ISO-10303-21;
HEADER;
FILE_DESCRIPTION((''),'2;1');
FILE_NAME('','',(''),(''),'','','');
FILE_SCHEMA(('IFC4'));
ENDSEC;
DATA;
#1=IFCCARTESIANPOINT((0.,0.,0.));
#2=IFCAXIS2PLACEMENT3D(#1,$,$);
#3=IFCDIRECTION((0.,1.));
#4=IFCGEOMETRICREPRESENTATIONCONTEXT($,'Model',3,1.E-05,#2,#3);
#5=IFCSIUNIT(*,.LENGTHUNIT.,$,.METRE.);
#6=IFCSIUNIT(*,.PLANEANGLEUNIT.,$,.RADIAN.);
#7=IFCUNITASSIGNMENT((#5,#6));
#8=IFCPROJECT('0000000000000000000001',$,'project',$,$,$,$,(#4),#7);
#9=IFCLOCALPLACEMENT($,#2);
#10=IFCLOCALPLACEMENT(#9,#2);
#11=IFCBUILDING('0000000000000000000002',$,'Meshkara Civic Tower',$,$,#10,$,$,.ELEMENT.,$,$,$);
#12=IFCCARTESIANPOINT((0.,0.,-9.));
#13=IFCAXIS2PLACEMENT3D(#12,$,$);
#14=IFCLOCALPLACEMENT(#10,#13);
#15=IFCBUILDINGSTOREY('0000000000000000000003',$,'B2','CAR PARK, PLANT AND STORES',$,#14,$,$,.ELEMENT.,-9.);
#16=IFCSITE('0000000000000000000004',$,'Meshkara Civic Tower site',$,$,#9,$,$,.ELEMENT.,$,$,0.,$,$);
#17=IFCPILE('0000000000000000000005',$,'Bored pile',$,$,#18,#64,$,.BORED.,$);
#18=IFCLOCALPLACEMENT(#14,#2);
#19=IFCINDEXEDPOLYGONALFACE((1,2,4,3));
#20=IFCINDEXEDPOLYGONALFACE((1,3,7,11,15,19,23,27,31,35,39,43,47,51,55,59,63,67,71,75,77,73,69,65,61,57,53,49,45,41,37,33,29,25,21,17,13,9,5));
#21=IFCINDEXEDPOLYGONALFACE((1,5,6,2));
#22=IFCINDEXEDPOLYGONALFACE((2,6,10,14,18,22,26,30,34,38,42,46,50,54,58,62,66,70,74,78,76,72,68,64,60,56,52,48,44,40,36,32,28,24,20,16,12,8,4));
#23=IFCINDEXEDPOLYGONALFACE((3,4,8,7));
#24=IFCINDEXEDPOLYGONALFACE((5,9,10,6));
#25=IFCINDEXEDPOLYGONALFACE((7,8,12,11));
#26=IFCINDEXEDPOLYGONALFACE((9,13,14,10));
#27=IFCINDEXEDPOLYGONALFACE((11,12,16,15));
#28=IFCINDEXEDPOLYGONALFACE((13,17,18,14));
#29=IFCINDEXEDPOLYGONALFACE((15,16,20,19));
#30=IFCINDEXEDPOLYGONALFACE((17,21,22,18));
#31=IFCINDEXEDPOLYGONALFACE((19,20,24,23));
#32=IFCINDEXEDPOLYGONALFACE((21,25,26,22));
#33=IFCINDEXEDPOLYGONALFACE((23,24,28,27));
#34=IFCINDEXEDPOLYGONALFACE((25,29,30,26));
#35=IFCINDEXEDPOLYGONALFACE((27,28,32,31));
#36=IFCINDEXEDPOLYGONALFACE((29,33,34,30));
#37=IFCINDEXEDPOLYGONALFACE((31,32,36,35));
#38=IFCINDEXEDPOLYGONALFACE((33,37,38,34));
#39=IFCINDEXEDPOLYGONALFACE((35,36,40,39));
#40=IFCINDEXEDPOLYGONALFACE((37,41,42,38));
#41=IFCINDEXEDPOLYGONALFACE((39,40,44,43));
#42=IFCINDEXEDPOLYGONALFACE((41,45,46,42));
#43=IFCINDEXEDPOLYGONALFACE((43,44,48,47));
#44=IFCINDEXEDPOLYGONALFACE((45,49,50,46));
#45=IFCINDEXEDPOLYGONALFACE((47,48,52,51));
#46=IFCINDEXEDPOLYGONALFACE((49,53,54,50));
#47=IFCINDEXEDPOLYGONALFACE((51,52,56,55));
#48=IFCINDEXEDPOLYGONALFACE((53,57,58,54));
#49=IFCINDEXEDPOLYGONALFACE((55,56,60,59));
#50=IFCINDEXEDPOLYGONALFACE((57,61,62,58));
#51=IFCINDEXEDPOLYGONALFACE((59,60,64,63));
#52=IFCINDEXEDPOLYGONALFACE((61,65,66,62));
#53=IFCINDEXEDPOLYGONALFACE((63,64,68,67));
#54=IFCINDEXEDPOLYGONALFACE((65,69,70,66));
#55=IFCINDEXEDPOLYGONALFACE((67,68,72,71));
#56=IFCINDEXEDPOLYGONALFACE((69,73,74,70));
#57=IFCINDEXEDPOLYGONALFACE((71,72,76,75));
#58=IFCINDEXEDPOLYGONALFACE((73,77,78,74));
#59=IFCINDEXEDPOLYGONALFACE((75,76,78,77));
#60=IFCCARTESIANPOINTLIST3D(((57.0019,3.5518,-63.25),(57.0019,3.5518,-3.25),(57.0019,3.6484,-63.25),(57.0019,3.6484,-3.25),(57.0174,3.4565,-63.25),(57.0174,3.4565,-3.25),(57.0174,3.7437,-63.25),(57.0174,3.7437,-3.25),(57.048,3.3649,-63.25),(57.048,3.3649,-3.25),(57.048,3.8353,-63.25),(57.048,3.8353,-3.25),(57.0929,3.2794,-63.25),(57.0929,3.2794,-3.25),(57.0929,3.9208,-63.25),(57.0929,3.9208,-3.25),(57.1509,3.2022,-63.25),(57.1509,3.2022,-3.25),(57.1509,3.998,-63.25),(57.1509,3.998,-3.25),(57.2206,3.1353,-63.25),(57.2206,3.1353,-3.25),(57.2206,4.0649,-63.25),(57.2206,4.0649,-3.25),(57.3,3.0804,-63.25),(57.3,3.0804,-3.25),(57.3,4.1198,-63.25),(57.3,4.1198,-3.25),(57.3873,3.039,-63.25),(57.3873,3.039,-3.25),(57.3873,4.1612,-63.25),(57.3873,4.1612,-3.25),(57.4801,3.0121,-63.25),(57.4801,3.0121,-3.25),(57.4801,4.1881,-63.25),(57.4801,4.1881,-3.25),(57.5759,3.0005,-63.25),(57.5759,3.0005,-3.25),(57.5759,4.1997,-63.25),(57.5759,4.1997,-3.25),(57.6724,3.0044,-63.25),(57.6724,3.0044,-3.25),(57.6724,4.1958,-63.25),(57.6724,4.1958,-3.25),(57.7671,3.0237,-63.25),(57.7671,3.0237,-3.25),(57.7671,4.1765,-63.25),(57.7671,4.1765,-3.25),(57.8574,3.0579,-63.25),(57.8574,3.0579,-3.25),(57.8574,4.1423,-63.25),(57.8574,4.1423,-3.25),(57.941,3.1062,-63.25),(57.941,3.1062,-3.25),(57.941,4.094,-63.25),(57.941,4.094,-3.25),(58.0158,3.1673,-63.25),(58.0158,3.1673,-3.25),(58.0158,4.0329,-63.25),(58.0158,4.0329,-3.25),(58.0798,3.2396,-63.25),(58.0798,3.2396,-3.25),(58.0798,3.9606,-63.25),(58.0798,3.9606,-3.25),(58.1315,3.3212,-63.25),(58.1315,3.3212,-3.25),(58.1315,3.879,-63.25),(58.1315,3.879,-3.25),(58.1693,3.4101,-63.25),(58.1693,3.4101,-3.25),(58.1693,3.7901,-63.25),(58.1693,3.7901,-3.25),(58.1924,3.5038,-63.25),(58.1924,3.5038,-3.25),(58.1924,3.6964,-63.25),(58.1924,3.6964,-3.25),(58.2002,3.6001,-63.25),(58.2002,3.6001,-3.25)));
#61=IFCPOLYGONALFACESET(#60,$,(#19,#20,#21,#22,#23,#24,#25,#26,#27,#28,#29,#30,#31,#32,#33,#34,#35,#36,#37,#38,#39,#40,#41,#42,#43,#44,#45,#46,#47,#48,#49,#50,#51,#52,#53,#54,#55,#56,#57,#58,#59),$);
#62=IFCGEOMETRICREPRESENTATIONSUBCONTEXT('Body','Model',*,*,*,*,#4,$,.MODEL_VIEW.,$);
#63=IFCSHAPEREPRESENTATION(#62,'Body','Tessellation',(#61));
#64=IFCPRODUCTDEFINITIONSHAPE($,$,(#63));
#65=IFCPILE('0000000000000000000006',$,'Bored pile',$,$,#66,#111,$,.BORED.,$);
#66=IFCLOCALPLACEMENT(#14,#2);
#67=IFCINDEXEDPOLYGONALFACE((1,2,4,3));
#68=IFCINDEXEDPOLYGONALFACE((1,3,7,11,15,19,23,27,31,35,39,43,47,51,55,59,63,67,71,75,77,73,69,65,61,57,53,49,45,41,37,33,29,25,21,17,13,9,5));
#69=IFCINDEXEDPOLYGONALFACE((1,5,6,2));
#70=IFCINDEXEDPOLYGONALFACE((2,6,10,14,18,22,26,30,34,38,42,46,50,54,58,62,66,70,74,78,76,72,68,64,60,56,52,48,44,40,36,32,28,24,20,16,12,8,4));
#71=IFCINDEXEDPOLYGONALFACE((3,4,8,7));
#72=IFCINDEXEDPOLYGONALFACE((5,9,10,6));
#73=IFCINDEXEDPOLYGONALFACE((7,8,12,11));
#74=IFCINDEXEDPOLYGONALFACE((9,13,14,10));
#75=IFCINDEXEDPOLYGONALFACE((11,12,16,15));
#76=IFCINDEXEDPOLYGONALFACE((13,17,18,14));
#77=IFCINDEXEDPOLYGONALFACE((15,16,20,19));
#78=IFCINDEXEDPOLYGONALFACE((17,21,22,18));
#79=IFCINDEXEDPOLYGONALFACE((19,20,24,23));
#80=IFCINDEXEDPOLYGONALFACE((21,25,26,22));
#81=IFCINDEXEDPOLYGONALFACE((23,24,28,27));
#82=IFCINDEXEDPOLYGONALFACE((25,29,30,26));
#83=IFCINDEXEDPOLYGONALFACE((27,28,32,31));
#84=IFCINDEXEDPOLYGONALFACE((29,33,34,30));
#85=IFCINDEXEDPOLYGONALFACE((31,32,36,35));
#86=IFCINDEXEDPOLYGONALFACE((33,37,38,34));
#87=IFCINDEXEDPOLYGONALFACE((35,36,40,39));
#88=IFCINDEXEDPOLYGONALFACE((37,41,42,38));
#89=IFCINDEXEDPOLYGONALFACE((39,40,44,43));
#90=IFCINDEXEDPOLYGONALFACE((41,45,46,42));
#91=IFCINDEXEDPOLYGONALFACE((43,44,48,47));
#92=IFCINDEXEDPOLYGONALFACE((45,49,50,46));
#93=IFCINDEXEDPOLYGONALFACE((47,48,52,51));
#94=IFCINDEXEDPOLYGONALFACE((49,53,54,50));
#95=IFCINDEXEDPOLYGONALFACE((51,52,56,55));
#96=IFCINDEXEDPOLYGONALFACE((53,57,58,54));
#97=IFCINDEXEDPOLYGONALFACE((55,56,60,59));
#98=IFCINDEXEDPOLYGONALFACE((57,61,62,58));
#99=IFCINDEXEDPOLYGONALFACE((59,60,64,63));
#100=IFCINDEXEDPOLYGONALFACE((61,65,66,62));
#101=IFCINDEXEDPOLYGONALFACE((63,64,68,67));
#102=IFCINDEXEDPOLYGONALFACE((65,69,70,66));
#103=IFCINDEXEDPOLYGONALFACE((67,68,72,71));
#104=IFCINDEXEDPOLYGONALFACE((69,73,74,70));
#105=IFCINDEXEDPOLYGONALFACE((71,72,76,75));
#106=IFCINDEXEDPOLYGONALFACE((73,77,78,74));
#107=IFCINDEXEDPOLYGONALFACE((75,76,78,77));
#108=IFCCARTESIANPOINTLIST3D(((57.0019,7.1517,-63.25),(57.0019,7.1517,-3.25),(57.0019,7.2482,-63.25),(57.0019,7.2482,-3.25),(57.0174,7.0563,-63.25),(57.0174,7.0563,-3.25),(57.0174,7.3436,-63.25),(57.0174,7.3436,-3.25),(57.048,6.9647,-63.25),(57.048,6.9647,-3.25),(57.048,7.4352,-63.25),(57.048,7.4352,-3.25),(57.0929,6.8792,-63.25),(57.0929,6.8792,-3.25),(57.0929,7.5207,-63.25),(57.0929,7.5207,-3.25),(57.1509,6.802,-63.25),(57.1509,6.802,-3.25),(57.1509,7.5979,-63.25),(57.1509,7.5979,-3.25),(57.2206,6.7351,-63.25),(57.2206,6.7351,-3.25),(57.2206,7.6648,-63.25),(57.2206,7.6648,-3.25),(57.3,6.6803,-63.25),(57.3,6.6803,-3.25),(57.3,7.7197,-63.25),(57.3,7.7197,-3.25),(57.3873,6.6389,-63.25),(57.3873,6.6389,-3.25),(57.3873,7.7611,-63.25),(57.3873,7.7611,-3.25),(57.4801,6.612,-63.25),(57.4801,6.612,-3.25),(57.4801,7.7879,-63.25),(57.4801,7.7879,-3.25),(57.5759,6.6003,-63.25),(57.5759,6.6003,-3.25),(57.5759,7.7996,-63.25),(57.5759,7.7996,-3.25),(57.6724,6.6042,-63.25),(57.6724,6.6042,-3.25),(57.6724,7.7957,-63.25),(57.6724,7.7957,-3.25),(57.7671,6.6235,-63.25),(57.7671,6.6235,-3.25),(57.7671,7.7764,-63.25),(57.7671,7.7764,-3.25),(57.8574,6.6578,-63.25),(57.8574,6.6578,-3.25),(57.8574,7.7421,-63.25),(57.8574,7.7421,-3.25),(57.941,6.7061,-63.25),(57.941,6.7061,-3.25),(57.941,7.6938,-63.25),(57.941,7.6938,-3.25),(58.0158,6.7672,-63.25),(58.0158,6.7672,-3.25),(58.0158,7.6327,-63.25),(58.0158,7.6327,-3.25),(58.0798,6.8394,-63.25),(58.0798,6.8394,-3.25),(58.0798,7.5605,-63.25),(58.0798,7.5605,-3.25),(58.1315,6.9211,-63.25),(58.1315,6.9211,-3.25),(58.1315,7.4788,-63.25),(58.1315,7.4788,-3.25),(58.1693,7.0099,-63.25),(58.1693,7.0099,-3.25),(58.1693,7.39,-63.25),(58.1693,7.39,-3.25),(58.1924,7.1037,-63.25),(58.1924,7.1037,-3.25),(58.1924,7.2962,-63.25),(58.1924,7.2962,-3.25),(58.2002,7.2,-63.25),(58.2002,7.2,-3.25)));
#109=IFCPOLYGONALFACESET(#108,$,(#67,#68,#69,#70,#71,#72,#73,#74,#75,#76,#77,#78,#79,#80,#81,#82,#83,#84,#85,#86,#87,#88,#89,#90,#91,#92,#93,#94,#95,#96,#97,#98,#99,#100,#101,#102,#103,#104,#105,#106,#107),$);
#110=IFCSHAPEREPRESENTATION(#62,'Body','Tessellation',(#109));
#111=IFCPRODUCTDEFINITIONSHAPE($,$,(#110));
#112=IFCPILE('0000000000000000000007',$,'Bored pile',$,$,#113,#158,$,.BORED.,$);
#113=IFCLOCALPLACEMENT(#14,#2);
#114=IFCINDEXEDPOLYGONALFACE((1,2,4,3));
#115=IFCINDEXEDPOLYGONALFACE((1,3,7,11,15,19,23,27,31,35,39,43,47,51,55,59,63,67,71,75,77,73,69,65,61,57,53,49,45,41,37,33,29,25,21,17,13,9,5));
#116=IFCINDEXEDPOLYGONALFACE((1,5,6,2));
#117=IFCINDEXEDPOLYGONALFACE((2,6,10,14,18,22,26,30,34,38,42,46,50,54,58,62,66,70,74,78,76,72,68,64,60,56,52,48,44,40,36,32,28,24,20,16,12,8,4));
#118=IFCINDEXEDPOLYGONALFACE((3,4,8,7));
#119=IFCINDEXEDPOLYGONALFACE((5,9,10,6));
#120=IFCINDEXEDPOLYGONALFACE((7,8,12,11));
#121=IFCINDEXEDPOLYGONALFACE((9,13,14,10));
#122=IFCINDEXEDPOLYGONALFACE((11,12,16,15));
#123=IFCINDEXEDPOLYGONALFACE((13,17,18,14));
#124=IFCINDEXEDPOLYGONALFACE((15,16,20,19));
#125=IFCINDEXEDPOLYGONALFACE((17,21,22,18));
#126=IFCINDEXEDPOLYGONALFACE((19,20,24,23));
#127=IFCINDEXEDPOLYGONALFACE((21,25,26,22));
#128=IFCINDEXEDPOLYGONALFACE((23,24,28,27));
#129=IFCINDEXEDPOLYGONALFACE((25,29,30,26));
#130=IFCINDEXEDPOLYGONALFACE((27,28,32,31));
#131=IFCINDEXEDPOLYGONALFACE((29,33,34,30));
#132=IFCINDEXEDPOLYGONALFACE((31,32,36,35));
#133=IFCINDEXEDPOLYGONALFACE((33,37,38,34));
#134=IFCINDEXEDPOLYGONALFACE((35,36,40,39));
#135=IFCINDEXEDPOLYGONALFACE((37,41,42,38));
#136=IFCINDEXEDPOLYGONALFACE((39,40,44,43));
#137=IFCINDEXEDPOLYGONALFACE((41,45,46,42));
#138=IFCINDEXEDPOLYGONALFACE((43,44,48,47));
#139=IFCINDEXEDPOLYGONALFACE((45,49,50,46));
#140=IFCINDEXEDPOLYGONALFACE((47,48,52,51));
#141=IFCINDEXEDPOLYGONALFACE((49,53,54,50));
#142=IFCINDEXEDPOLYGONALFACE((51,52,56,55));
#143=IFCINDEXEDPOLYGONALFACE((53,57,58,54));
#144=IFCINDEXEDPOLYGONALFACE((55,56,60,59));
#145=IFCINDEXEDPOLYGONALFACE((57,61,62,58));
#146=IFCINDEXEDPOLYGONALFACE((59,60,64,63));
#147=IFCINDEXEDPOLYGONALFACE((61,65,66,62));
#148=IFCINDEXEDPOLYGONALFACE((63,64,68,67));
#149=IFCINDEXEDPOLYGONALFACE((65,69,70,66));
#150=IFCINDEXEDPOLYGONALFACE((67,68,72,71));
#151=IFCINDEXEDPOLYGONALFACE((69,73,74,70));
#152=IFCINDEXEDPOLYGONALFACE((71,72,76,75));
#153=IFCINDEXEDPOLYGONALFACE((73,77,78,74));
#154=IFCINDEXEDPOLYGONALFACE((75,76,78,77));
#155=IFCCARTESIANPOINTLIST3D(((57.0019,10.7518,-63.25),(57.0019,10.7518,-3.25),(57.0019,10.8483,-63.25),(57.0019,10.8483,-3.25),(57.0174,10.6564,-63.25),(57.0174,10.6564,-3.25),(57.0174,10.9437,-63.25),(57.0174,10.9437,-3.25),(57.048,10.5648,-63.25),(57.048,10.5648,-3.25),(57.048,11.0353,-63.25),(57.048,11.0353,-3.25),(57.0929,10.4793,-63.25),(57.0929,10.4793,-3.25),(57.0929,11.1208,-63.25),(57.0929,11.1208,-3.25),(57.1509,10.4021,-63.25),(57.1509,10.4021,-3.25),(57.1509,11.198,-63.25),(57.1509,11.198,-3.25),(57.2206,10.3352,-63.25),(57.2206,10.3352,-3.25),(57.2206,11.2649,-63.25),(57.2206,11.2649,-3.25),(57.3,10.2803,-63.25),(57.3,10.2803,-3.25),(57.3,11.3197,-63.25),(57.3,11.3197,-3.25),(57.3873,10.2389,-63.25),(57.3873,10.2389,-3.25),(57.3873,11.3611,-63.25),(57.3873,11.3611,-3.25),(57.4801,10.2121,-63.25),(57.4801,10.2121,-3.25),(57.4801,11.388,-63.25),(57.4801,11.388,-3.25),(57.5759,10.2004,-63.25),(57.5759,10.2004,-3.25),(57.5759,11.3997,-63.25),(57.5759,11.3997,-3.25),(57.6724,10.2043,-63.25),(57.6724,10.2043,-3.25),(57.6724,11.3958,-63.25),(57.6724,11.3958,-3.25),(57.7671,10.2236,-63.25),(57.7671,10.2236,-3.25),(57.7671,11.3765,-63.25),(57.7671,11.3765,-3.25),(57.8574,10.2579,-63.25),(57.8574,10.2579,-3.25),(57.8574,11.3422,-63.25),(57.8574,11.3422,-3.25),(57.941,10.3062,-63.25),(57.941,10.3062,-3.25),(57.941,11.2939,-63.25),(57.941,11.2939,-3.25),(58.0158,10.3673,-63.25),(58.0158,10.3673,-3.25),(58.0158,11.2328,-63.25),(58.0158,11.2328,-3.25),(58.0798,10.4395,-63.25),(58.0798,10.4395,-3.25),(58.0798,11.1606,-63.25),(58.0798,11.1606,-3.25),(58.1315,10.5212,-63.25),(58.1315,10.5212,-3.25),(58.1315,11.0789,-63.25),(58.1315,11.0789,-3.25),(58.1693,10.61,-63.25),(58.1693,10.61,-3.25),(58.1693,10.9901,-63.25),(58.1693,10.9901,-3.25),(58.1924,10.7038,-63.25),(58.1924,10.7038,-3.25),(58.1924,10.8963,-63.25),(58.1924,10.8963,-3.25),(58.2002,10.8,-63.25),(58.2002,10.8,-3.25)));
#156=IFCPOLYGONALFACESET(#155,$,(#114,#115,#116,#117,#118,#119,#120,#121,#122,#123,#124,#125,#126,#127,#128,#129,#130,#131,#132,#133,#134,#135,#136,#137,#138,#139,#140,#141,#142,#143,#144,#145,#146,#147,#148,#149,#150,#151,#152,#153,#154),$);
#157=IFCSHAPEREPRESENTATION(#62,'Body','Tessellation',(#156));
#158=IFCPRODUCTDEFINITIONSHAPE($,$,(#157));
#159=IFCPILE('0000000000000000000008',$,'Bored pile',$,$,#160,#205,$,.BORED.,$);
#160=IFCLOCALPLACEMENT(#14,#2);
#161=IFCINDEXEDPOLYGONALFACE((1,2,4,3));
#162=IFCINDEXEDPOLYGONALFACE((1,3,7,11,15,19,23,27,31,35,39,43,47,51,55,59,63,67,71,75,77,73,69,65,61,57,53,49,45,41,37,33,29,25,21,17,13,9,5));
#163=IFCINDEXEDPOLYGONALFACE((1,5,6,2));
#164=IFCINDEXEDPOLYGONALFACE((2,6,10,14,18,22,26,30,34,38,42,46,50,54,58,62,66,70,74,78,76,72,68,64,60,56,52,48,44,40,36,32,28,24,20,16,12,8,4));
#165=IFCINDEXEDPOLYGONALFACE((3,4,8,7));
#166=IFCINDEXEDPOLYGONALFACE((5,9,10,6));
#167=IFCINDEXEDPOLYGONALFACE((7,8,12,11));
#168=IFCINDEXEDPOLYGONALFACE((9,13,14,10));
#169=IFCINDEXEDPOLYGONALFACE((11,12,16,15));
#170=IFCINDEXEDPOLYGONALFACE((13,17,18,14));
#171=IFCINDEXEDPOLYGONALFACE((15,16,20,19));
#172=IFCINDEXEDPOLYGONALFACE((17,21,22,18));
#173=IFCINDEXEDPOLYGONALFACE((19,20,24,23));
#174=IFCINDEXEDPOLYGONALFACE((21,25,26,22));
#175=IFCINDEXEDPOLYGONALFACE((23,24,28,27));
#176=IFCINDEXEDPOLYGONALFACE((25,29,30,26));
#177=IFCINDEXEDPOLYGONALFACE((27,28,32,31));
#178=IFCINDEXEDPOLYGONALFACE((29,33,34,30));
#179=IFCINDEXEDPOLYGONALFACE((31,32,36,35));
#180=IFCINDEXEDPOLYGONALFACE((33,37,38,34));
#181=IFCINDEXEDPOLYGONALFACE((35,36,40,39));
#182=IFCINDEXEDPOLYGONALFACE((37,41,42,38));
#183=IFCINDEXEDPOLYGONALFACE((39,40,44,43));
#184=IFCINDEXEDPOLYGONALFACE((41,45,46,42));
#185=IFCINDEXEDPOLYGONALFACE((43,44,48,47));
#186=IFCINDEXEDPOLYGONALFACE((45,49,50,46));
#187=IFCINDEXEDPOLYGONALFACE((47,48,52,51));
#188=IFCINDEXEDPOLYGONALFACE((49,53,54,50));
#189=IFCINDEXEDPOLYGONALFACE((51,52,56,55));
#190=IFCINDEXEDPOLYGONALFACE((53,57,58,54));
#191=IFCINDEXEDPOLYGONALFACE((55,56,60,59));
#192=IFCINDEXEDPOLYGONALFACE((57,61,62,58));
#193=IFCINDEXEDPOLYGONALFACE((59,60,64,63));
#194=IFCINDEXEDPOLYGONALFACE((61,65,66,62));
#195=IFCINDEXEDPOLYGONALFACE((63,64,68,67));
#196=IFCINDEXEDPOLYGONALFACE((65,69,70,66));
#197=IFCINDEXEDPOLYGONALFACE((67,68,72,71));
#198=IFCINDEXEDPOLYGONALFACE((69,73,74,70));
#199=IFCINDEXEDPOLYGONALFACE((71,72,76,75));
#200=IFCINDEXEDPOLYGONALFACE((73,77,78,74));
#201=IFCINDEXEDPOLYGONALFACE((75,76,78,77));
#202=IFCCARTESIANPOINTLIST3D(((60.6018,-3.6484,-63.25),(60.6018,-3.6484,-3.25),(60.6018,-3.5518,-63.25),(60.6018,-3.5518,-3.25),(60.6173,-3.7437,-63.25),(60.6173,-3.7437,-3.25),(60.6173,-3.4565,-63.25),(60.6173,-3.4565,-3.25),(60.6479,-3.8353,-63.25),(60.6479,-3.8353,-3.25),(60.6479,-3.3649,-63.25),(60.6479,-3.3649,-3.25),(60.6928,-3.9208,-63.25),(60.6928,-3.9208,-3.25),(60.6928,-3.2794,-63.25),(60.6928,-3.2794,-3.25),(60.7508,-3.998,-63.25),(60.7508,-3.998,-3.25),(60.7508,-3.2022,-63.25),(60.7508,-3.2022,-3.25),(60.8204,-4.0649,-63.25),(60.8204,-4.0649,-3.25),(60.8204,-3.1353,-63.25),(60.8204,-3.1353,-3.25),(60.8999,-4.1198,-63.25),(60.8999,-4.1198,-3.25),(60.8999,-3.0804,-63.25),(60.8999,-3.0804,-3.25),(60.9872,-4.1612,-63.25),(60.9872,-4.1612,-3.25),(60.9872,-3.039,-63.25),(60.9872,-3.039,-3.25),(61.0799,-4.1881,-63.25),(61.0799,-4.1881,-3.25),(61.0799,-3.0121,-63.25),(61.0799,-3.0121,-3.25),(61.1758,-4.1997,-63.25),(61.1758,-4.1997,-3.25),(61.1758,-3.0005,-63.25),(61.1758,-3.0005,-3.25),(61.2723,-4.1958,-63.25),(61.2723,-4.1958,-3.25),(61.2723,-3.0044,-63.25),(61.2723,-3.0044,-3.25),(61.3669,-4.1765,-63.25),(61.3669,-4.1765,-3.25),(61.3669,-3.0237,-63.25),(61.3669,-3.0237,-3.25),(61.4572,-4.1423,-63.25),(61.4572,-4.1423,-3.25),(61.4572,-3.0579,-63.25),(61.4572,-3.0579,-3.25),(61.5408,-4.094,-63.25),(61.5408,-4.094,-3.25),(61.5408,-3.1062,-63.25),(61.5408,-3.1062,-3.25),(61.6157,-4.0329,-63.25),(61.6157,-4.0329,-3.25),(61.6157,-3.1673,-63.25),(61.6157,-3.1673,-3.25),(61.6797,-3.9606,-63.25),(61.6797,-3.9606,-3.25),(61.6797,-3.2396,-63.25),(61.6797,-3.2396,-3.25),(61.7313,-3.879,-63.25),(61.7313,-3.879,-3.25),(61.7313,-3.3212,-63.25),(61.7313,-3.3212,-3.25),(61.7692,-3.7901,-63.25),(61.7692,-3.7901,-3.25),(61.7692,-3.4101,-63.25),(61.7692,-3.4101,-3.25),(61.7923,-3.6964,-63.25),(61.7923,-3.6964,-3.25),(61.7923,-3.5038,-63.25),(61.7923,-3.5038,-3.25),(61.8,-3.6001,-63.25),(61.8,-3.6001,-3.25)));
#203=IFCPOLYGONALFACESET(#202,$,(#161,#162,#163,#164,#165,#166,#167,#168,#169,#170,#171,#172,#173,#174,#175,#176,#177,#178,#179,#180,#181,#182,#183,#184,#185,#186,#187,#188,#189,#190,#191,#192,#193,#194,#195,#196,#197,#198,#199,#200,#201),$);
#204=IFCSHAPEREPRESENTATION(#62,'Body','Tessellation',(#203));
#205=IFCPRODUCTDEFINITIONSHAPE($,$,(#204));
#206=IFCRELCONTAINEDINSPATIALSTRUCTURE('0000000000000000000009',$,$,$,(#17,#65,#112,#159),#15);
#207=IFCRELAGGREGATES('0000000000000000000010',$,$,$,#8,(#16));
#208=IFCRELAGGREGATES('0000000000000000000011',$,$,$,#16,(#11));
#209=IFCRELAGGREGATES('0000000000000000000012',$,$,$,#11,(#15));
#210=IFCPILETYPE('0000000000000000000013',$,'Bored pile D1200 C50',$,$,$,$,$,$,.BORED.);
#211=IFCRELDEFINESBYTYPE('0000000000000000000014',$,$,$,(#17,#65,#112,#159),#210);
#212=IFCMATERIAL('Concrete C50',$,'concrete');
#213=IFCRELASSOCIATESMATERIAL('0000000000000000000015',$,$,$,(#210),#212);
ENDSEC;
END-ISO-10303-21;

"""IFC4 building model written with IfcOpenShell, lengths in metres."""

from ifc_helpers import new_model, si_unit, direction, frame, origin, origin_2d, place, context, subcontext, project, spatial, circle, extrude, material, material_profile, profile_set, type_object, element, save


model = new_model("IFC4")

# Units and contexts
model_context = context("Model", 3, precision=1e-05, world=origin(), true_north=direction((0.0, 1.0)))
body_context = subcontext(model_context, "Body", "Model", "MODEL_VIEW")
ifc_project = project(units=[si_unit("LENGTHUNIT", "METRE"), si_unit("PLANEANGLEUNIT", "RADIAN")], contexts=[model_context])

# Site, building, storey
site_placement = place(None, origin())
site = spatial("IfcSite", under=ifc_project, at=site_placement, Name="Meshkara Civic Tower site", CompositionType="ELEMENT", RefElevation=0.0)
building_placement = place(site_placement, origin())
building = spatial("IfcBuilding", under=site, at=building_placement, Name="Meshkara Civic Tower", CompositionType="ELEMENT")
storey_placement = place(building_placement, frame((0.0, 0.0, -9.0)))
storey = spatial("IfcBuildingStorey", under=building, at=storey_placement, Name="B2", Description="CAR PARK, PLANT AND STORES", CompositionType="ELEMENT", Elevation=-9.0)

# Piles
ifc_material_1 = material(Name="Concrete C50", Category="concrete")
ifc_material_profile_1 = material_profile(ifc_material_1, circle(Radius=0.6001, at=origin_2d()))
ifc_profile_set_1 = profile_set([ifc_material_profile_1], Name="Concrete C50")
pile_type = type_object("IfcPileType", Name="Bored pile D1200 C50", PredefinedType="BORED", material=ifc_profile_set_1)
for number, where, z_axis, x_axis, name in (
    (1, (57.6001, 3.6001, -3.25), (0.0, 0.0, -1.0), (1.0, 0.0, 0.0), "Bored pile"),
    (2, (57.6001, 7.2, -3.25), (0.0, 0.0, -1.0), (1.0, 0.0, 0.0), "Bored pile"),
    (3, (57.6001, 10.8, -3.25), (0.0, 0.0, -1.0), (1.0, 0.0, 0.0), "Bored pile"),
    (4, (61.2, -3.6001, -3.25), (0.0, 0.0, -1.0), (1.0, 0.0, 0.0), "Bored pile"),
):
    element("IfcPile", number, at=place(storey_placement, frame(where, z_axis=z_axis, x_axis=x_axis)), inside=storey, type_object=pile_type, Name=name, PredefinedType="BORED", context=body_context, shape_type="SweptSolid", body=[
        extrude(circle(Radius=0.6001, at=origin_2d()), origin(), (0.0, 0.0, 1.0), 60.0),
    ])

save(model, "model.ifc")
